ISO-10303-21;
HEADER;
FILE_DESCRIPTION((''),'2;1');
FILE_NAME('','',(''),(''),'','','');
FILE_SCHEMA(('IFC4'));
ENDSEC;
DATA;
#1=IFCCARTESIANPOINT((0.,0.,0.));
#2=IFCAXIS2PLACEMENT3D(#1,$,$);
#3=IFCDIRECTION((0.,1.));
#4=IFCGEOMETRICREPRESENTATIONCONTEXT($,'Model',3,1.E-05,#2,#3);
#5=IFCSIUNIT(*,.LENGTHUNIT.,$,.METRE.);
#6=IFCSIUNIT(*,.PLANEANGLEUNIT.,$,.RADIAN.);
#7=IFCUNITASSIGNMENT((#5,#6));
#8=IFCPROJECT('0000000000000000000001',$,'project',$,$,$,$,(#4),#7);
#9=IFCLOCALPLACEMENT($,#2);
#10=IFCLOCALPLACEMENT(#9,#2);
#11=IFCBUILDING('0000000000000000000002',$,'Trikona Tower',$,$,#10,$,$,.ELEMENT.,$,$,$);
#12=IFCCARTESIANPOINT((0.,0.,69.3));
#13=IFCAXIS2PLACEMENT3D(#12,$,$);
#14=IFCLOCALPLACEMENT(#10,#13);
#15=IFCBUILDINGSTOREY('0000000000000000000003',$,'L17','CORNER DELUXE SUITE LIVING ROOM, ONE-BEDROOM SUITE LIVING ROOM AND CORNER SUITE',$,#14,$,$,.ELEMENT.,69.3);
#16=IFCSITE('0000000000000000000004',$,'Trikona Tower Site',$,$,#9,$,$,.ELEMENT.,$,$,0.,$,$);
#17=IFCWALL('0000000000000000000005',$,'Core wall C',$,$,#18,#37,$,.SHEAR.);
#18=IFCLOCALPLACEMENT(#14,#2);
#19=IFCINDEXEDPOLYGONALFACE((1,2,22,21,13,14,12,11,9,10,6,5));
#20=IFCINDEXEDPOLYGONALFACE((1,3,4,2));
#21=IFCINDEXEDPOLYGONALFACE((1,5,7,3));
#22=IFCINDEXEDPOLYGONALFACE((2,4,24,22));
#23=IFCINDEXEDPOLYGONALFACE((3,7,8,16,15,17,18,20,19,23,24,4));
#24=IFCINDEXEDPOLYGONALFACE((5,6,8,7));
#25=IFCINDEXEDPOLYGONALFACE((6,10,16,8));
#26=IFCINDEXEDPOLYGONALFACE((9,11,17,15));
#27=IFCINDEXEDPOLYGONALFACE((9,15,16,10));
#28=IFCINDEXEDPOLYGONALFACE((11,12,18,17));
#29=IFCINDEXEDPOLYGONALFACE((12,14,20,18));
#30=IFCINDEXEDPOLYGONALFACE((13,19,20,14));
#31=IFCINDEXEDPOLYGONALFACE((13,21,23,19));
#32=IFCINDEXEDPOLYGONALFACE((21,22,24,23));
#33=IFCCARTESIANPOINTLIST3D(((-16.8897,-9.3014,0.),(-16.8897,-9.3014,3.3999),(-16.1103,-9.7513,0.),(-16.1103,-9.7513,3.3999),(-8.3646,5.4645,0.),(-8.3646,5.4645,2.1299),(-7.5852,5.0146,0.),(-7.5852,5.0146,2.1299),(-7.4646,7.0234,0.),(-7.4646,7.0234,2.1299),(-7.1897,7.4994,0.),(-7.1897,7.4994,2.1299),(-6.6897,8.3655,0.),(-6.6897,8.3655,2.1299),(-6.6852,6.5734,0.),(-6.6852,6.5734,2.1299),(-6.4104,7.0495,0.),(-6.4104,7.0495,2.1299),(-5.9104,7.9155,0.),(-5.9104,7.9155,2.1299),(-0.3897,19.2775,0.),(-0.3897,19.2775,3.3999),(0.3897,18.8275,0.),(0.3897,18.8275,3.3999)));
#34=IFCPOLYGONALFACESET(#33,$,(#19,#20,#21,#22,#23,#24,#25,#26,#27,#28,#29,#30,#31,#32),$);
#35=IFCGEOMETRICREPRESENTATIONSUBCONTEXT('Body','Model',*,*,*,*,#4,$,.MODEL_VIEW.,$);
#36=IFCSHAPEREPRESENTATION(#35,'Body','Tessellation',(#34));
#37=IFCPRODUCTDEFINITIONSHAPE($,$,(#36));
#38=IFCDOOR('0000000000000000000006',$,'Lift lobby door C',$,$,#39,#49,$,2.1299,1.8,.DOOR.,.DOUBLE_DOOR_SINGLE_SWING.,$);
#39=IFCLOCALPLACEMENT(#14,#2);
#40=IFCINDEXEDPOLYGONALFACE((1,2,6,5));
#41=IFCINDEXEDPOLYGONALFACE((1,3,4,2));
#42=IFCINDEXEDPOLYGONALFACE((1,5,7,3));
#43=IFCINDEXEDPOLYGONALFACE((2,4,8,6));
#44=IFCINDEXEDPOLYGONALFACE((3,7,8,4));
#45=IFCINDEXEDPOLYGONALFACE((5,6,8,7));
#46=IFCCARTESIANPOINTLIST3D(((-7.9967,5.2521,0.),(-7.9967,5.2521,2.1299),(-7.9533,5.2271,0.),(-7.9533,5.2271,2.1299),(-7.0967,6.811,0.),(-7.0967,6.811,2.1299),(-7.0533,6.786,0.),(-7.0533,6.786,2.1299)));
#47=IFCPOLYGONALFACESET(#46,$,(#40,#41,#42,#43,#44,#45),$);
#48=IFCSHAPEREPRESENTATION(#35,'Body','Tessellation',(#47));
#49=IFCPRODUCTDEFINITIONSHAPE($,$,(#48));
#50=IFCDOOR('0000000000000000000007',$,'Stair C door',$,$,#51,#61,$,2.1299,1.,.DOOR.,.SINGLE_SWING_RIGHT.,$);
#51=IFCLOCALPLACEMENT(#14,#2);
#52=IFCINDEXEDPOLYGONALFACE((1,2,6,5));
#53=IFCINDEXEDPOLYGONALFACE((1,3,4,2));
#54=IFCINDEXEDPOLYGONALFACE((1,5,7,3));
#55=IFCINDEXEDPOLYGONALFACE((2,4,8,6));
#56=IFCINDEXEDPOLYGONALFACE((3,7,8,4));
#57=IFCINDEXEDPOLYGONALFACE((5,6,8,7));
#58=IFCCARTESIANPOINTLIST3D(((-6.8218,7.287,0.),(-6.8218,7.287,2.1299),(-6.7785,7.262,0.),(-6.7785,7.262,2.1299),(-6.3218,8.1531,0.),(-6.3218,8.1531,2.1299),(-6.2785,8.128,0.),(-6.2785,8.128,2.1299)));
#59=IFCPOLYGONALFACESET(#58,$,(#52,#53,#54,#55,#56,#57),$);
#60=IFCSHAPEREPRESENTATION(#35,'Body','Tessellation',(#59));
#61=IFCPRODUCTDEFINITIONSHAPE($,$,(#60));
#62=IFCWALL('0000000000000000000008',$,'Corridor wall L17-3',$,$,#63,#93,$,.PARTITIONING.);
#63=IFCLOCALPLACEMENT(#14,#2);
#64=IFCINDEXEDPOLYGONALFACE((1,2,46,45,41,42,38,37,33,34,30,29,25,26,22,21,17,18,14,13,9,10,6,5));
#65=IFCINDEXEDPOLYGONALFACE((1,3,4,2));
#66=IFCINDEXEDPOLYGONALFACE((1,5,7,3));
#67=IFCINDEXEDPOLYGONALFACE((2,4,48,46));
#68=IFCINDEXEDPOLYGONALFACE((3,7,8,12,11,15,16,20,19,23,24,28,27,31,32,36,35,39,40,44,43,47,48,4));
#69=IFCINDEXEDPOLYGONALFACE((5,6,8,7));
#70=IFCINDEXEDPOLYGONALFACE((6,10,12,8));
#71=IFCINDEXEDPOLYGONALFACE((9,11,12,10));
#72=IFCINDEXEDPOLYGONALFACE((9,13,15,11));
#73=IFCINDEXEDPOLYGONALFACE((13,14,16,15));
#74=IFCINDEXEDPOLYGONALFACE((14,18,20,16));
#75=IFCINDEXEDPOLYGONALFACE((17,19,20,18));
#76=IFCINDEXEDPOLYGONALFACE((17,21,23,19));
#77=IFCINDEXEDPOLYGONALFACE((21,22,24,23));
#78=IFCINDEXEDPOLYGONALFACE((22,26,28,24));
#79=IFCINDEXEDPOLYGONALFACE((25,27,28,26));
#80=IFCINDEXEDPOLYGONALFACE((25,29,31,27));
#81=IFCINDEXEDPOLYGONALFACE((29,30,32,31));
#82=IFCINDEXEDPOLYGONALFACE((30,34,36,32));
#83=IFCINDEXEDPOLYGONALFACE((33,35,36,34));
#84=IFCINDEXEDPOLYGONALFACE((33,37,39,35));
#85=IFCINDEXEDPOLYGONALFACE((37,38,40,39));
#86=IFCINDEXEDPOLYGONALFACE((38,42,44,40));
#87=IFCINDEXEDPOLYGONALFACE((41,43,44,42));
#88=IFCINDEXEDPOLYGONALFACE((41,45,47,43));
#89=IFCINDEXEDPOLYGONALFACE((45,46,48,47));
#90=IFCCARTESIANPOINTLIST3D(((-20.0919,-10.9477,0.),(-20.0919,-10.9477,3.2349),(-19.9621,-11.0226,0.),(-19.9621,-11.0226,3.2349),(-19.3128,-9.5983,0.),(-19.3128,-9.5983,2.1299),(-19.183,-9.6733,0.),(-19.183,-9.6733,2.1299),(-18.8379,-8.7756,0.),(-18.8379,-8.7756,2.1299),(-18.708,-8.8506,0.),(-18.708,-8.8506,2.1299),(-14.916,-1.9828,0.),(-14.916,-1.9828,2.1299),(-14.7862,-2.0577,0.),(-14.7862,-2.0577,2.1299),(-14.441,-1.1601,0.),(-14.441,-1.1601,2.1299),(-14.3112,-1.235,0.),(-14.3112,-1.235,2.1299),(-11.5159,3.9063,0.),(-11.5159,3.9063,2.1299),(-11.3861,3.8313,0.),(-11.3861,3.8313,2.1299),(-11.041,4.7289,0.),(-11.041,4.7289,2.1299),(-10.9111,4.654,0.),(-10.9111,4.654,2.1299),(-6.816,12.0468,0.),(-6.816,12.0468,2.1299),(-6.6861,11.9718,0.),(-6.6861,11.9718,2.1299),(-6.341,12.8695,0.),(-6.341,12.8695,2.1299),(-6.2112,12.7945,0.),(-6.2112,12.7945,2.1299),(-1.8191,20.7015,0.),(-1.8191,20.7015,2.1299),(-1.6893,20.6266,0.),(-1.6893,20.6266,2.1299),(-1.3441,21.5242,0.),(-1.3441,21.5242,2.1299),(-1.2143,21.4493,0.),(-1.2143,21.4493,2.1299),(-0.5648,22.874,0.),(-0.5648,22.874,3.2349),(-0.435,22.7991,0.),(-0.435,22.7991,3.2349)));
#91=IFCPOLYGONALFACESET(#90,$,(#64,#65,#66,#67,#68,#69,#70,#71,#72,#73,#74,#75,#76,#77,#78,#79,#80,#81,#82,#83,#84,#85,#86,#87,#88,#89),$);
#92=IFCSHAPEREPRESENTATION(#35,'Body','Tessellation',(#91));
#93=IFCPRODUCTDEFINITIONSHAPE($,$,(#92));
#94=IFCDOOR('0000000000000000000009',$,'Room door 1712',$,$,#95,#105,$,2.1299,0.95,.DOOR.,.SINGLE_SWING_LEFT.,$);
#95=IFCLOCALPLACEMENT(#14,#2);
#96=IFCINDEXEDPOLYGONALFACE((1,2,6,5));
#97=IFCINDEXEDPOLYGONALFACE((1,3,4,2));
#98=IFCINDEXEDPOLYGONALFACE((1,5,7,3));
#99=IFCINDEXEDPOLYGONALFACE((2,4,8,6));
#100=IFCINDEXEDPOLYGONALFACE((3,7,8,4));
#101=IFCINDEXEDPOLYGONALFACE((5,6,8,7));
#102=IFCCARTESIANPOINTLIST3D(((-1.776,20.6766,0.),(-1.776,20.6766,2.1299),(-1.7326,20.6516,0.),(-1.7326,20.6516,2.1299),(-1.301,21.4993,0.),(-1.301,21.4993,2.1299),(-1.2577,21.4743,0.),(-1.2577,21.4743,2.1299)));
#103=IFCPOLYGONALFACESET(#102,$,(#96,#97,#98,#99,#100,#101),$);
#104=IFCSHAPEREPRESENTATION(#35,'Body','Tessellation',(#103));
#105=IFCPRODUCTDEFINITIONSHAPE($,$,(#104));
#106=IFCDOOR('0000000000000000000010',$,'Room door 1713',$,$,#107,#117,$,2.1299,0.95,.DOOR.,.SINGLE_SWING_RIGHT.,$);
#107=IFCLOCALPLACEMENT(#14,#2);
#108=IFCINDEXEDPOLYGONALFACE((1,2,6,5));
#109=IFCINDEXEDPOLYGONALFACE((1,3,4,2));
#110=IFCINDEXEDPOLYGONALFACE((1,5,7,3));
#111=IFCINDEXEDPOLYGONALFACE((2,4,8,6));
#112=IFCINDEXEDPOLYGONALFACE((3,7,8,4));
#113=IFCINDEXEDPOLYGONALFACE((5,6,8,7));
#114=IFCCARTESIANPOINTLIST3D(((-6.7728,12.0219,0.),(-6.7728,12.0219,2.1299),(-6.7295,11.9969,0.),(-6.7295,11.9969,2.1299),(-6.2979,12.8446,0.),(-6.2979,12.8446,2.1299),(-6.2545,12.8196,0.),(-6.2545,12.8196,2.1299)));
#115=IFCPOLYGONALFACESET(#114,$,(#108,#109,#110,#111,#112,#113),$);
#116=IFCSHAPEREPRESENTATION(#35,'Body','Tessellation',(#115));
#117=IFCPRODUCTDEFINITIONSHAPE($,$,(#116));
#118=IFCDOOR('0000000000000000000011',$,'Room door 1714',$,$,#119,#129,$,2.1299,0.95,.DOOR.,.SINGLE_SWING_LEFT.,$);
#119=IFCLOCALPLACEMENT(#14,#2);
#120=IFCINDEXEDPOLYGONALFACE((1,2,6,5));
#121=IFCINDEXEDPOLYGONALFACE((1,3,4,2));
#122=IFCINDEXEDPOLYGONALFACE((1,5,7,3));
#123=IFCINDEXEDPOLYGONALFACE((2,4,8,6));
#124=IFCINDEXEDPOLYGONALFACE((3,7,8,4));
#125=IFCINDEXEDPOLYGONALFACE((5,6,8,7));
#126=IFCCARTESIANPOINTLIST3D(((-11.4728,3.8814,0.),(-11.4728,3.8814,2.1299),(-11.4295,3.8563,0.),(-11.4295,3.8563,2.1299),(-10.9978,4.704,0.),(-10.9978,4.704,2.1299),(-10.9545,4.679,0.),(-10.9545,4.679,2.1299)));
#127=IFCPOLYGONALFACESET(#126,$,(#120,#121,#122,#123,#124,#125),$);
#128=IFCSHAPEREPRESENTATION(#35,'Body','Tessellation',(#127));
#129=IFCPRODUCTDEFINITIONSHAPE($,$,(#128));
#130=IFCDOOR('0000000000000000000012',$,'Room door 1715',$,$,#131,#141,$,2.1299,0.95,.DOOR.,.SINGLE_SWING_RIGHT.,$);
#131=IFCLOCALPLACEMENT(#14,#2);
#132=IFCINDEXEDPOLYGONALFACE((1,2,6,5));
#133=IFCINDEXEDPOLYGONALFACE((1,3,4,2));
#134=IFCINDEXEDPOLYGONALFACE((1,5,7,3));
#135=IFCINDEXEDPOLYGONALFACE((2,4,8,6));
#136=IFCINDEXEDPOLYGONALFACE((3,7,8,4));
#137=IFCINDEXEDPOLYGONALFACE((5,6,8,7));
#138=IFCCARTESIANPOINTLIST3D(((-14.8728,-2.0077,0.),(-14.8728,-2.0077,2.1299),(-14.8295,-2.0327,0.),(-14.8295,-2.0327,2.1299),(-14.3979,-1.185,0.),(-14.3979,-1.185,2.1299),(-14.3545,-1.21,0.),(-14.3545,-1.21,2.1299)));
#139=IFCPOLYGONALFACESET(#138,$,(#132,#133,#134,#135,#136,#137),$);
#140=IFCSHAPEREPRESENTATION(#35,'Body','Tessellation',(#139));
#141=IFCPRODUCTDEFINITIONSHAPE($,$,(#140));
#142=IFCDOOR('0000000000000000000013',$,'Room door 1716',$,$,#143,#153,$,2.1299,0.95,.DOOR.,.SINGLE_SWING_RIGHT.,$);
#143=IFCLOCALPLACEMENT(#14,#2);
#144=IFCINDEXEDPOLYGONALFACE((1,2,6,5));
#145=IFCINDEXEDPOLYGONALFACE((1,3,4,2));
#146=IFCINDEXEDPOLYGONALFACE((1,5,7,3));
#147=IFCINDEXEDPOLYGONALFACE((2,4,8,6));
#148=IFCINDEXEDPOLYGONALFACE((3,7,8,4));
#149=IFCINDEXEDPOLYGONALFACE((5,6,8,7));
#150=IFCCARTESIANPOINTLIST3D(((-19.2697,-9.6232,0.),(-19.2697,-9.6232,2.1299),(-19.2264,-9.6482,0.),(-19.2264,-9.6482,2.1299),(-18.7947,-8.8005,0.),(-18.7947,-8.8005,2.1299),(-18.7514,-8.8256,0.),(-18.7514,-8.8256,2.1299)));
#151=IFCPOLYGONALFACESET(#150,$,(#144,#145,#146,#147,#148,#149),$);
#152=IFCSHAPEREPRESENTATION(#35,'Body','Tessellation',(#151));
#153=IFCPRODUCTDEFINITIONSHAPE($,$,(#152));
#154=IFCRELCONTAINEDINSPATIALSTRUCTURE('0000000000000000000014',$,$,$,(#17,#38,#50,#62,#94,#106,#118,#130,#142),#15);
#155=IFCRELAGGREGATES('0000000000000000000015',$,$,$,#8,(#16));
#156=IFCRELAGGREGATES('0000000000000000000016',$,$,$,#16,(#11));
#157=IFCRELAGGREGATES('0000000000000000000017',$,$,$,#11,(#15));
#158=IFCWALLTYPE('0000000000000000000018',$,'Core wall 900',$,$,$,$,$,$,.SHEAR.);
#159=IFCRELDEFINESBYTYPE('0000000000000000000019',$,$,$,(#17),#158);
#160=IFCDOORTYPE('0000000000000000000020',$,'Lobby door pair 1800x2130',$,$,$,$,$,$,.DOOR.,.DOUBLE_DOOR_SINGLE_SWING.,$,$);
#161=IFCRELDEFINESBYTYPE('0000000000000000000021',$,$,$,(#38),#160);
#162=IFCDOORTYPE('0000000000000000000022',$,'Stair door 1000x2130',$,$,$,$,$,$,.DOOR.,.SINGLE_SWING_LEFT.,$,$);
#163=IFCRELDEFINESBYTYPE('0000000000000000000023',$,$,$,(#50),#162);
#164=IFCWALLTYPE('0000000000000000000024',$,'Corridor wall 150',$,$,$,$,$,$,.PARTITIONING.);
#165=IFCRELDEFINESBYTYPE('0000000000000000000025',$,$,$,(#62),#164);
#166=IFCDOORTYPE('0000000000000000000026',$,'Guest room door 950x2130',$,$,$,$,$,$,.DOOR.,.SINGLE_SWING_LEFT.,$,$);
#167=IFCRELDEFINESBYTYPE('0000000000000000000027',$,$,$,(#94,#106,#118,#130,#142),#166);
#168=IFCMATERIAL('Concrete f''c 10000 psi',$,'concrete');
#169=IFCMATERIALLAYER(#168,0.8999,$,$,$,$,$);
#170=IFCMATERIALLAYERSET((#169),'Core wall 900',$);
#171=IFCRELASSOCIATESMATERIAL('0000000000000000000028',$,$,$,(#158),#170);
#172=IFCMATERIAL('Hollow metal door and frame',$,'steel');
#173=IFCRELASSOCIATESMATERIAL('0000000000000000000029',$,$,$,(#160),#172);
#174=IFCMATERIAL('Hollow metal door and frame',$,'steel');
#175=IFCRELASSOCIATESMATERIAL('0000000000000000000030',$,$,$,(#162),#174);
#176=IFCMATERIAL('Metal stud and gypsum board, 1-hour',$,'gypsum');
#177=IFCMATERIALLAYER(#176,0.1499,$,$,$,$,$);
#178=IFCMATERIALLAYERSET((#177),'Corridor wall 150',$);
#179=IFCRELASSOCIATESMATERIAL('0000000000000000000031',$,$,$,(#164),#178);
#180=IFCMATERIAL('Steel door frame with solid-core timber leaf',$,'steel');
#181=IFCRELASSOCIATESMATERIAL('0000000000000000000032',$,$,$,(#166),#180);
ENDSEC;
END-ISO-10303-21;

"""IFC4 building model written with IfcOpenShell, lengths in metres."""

from ifc_helpers import new_model, si_unit, direction, frame, frame_2d, origin, place, context, subcontext, project, spatial, rectangle, extrude, material, layer, layer_set, type_object, element, fill, save


model = new_model("IFC4")

# Units and contexts
model_context = context("Model", 3, precision=1e-05, world=origin(), true_north=direction((0.0, 1.0)))
body_context = subcontext(model_context, "Body", "Model", "MODEL_VIEW")
ifc_project = project(units=[si_unit("LENGTHUNIT", "METRE"), si_unit("PLANEANGLEUNIT", "RADIAN")], contexts=[model_context])

# Site, building, storey
site_placement = place(None, origin())
site = spatial("IfcSite", under=ifc_project, at=site_placement, Name="Trikona Tower Site", CompositionType="ELEMENT", RefElevation=0.0)
building_placement = place(site_placement, origin())
building = spatial("IfcBuilding", under=site, at=building_placement, Name="Trikona Tower", CompositionType="ELEMENT")
storey_placement = place(building_placement, frame((0.0, 0.0, 69.3)))
storey = spatial("IfcBuildingStorey", under=building, at=storey_placement, Name="L17", Description="CORNER DELUXE SUITE LIVING ROOM, ONE-BEDROOM SUITE LIVING ROOM AND CORNER SUITE", CompositionType="ELEMENT", Elevation=69.3)

# Walls, openings, doors
ifc_material_1 = material(Name="Concrete f'c 10000 psi", Category="concrete")
ifc_layer_1 = layer(ifc_material_1, 0.8999)
ifc_layer_set_1 = layer_set([ifc_layer_1], Name="Core wall 900")
wall_type_1 = type_object("IfcWallType", Name="Core wall 900", PredefinedType="SHEAR", material=ifc_layer_set_1)
wall_1_placement = place(storey_placement, frame((0.0, 19.0525, 0.0), z_axis=(0.0, 0.0, 1.0), x_axis=(-0.5, -0.866026, 0.0)))
wall_1 = element("IfcWall", 1, at=wall_1_placement, inside=storey, type_object=wall_type_1, Name="Core wall C", PredefinedType="SHEAR", context=body_context, shape_type="SweptSolid", body=[
    extrude(rectangle(XDim=33.0, YDim=0.8999, at=frame_2d((16.5, 0.0))), origin(), (0.0, 0.0, 1.0), 3.3999),
])
opening_1_placement = place(wall_1_placement, frame((14.1499, 0.0, 0.0)))
opening_1 = element("IfcOpeningElement", 2, at=opening_1_placement, cuts=wall_1, PredefinedType="OPENING", context=body_context, shape_type="SweptSolid", body=[
    extrude(rectangle(XDim=1.8, YDim=2.1299, at=frame_2d((0.8999, 1.0649))), frame((0.0, 0.46, 0.0), z_axis=(0.0, -1.0, 0.0), x_axis=(1.0, 0.0, 0.0)), (0.0, 0.0, 1.0), 0.9199),
])
opening_2_placement = place(wall_1_placement, frame((12.6001, 0.0, 0.0)))
opening_2 = element("IfcOpeningElement", 3, at=opening_2_placement, cuts=wall_1, PredefinedType="OPENING", context=body_context, shape_type="SweptSolid", body=[
    extrude(rectangle(XDim=1.0, YDim=2.1299, at=frame_2d((0.5, 1.0649))), frame((0.0, 0.46, 0.0), z_axis=(0.0, -1.0, 0.0), x_axis=(1.0, 0.0, 0.0)), (0.0, 0.0, 1.0), 0.9199),
])
ifc_material_2 = material(Name="Hollow metal door and frame", Category="steel")
door_type_1 = type_object("IfcDoorType", Name="Lobby door pair 1800x2130", OperationType="DOUBLE_DOOR_SINGLE_SWING", PredefinedType="DOOR", material=ifc_material_2)
door_1_placement = place(opening_1_placement, origin())
door_1 = element("IfcDoor", 4, at=door_1_placement, inside=storey, type_object=door_type_1, Name="Lift lobby door C", OperationType="DOUBLE_DOOR_SINGLE_SWING", OverallHeight=2.1299, OverallWidth=1.8, PredefinedType="DOOR", context=body_context, shape_type="SweptSolid", body=[
    extrude(rectangle(XDim=1.8, YDim=2.1299, at=frame_2d((0.8999, 1.0649))), frame((0.0, 0.0249, 0.0), z_axis=(0.0, -1.0, 0.0), x_axis=(1.0, 0.0, 0.0)), (0.0, 0.0, 1.0), 0.05),
])
fill(opening_1, door_1)
ifc_material_3 = material(Name="Hollow metal door and frame", Category="steel")
door_type_2 = type_object("IfcDoorType", Name="Stair door 1000x2130", OperationType="SINGLE_SWING_LEFT", PredefinedType="DOOR", material=ifc_material_3)
door_2_placement = place(opening_2_placement, origin())
door_2 = element("IfcDoor", 5, at=door_2_placement, inside=storey, type_object=door_type_2, Name="Stair C door", OperationType="SINGLE_SWING_RIGHT", OverallHeight=2.1299, OverallWidth=1.0, PredefinedType="DOOR", context=body_context, shape_type="SweptSolid", body=[
    extrude(rectangle(XDim=1.0, YDim=2.1299, at=frame_2d((0.5, 1.0649))), frame((0.0, 0.0249, 0.0), z_axis=(0.0, -1.0, 0.0), x_axis=(1.0, 0.0, 0.0)), (0.0, 0.0, 1.0), 0.05),
])
fill(opening_2, door_2)
ifc_material_4 = material(Name="Metal stud and gypsum board, 1-hour", Category="gypsum")
ifc_layer_2 = layer(ifc_material_4, 0.1499)
ifc_layer_set_2 = layer_set([ifc_layer_2], Name="Corridor wall 150")
wall_type_2 = type_object("IfcWallType", Name="Corridor wall 150", PredefinedType="PARTITIONING", material=ifc_layer_set_2)
wall_2_placement = place(storey_placement, frame((-0.5, 22.8364, 0.0), z_axis=(0.0, 0.0, 1.0), x_axis=(-0.500002, -0.866024, 0.0)))
wall_2 = element("IfcWall", 6, at=wall_2_placement, inside=storey, type_object=wall_type_2, Name="Corridor wall L17-3", PredefinedType="PARTITIONING", context=body_context, shape_type="SweptSolid", body=[
    extrude(rectangle(XDim=39.054, YDim=0.1499, at=frame_2d((19.5269, 0.0))), origin(), (0.0, 0.0, 1.0), 3.2349),
])
opening_3_placement = place(wall_2_placement, frame((1.5583, 0.0, 0.0)))
opening_3 = element("IfcOpeningElement", 7, at=opening_3_placement, cuts=wall_2, PredefinedType="OPENING", context=body_context, shape_type="SweptSolid", body=[
    extrude(rectangle(XDim=0.95, YDim=2.1299, at=frame_2d((0.4751, 1.0649))), frame((0.0, 0.085, 0.0), z_axis=(0.0, -1.0, 0.0), x_axis=(1.0, 0.0, 0.0)), (0.0, 0.0, 1.0), 0.1699),
])
opening_4_placement = place(wall_2_placement, frame((11.552, 0.0, 0.0)))
opening_4 = element("IfcOpeningElement", 8, at=opening_4_placement, cuts=wall_2, PredefinedType="OPENING", context=body_context, shape_type="SweptSolid", body=[
    extrude(rectangle(XDim=0.95, YDim=2.1299, at=frame_2d((0.4751, 1.0649))), frame((0.0, 0.085, 0.0), z_axis=(0.0, -1.0, 0.0), x_axis=(1.0, 0.0, 0.0)), (0.0, 0.0, 1.0), 0.1699),
])
opening_5_placement = place(wall_2_placement, frame((20.9519, 0.0, 0.0)))
opening_5 = element("IfcOpeningElement", 9, at=opening_5_placement, cuts=wall_2, PredefinedType="OPENING", context=body_context, shape_type="SweptSolid", body=[
    extrude(rectangle(XDim=0.95, YDim=2.1299, at=frame_2d((0.4751, 1.0649))), frame((0.0, 0.085, 0.0), z_axis=(0.0, -1.0, 0.0), x_axis=(1.0, 0.0, 0.0)), (0.0, 0.0, 1.0), 0.1699),
])
opening_6_placement = place(wall_2_placement, frame((27.752, 0.0, 0.0)))
opening_6 = element("IfcOpeningElement", 10, at=opening_6_placement, cuts=wall_2, PredefinedType="OPENING", context=body_context, shape_type="SweptSolid", body=[
    extrude(rectangle(XDim=0.95, YDim=2.1299, at=frame_2d((0.4751, 1.0649))), frame((0.0, 0.085, 0.0), z_axis=(0.0, -1.0, 0.0), x_axis=(1.0, 0.0, 0.0)), (0.0, 0.0, 1.0), 0.1699),
])
opening_7_placement = place(wall_2_placement, frame((36.5457, 0.0, 0.0)))
opening_7 = element("IfcOpeningElement", 11, at=opening_7_placement, cuts=wall_2, PredefinedType="OPENING", context=body_context, shape_type="SweptSolid", body=[
    extrude(rectangle(XDim=0.95, YDim=2.1299, at=frame_2d((0.4751, 1.0649))), frame((0.0, 0.085, 0.0), z_axis=(0.0, -1.0, 0.0), x_axis=(1.0, 0.0, 0.0)), (0.0, 0.0, 1.0), 0.1699),
])
ifc_material_5 = material(Name="Steel door frame with solid-core timber leaf", Category="steel")
door_type_3 = type_object("IfcDoorType", Name="Guest room door 950x2130", OperationType="SINGLE_SWING_LEFT", PredefinedType="DOOR", material=ifc_material_5)
door_3_placement = place(opening_3_placement, origin())
door_3 = element("IfcDoor", 12, at=door_3_placement, inside=storey, type_object=door_type_3, Name="Room door 1712", OperationType="SINGLE_SWING_LEFT", OverallHeight=2.1299, OverallWidth=0.95, PredefinedType="DOOR", context=body_context, shape_type="SweptSolid", body=[
    extrude(rectangle(XDim=0.95, YDim=2.1299, at=frame_2d((0.4751, 1.0649))), frame((0.0, 0.0249, 0.0), z_axis=(0.0, -1.0, 0.0), x_axis=(1.0, 0.0, 0.0)), (0.0, 0.0, 1.0), 0.05),
])
fill(opening_3, door_3)
door_4_placement = place(opening_4_placement, origin())
door_4 = element("IfcDoor", 13, at=door_4_placement, inside=storey, type_object=door_type_3, Name="Room door 1713", OperationType="SINGLE_SWING_RIGHT", OverallHeight=2.1299, OverallWidth=0.95, PredefinedType="DOOR", context=body_context, shape_type="SweptSolid", body=[
    extrude(rectangle(XDim=0.95, YDim=2.1299, at=frame_2d((0.4751, 1.0649))), frame((0.0, 0.0249, 0.0), z_axis=(0.0, -1.0, 0.0), x_axis=(1.0, 0.0, 0.0)), (0.0, 0.0, 1.0), 0.05),
])
fill(opening_4, door_4)
door_5_placement = place(opening_5_placement, origin())
door_5 = element("IfcDoor", 14, at=door_5_placement, inside=storey, type_object=door_type_3, Name="Room door 1714", OperationType="SINGLE_SWING_LEFT", OverallHeight=2.1299, OverallWidth=0.95, PredefinedType="DOOR", context=body_context, shape_type="SweptSolid", body=[
    extrude(rectangle(XDim=0.95, YDim=2.1299, at=frame_2d((0.4751, 1.0649))), frame((0.0, 0.0249, 0.0), z_axis=(0.0, -1.0, 0.0), x_axis=(1.0, 0.0, 0.0)), (0.0, 0.0, 1.0), 0.05),
])
fill(opening_5, door_5)
door_6_placement = place(opening_6_placement, origin())
door_6 = element("IfcDoor", 15, at=door_6_placement, inside=storey, type_object=door_type_3, Name="Room door 1715", OperationType="SINGLE_SWING_RIGHT", OverallHeight=2.1299, OverallWidth=0.95, PredefinedType="DOOR", context=body_context, shape_type="SweptSolid", body=[
    extrude(rectangle(XDim=0.95, YDim=2.1299, at=frame_2d((0.4751, 1.0649))), frame((0.0, 0.0249, 0.0), z_axis=(0.0, -1.0, 0.0), x_axis=(1.0, 0.0, 0.0)), (0.0, 0.0, 1.0), 0.05),
])
fill(opening_6, door_6)
door_7_placement = place(opening_7_placement, origin())
door_7 = element("IfcDoor", 16, at=door_7_placement, inside=storey, type_object=door_type_3, Name="Room door 1716", OperationType="SINGLE_SWING_RIGHT", OverallHeight=2.1299, OverallWidth=0.95, PredefinedType="DOOR", context=body_context, shape_type="SweptSolid", body=[
    extrude(rectangle(XDim=0.95, YDim=2.1299, at=frame_2d((0.4751, 1.0649))), frame((0.0, 0.0249, 0.0), z_axis=(0.0, -1.0, 0.0), x_axis=(1.0, 0.0, 0.0)), (0.0, 0.0, 1.0), 0.05),
])
fill(opening_7, door_7)

save(model, "model.ifc")
